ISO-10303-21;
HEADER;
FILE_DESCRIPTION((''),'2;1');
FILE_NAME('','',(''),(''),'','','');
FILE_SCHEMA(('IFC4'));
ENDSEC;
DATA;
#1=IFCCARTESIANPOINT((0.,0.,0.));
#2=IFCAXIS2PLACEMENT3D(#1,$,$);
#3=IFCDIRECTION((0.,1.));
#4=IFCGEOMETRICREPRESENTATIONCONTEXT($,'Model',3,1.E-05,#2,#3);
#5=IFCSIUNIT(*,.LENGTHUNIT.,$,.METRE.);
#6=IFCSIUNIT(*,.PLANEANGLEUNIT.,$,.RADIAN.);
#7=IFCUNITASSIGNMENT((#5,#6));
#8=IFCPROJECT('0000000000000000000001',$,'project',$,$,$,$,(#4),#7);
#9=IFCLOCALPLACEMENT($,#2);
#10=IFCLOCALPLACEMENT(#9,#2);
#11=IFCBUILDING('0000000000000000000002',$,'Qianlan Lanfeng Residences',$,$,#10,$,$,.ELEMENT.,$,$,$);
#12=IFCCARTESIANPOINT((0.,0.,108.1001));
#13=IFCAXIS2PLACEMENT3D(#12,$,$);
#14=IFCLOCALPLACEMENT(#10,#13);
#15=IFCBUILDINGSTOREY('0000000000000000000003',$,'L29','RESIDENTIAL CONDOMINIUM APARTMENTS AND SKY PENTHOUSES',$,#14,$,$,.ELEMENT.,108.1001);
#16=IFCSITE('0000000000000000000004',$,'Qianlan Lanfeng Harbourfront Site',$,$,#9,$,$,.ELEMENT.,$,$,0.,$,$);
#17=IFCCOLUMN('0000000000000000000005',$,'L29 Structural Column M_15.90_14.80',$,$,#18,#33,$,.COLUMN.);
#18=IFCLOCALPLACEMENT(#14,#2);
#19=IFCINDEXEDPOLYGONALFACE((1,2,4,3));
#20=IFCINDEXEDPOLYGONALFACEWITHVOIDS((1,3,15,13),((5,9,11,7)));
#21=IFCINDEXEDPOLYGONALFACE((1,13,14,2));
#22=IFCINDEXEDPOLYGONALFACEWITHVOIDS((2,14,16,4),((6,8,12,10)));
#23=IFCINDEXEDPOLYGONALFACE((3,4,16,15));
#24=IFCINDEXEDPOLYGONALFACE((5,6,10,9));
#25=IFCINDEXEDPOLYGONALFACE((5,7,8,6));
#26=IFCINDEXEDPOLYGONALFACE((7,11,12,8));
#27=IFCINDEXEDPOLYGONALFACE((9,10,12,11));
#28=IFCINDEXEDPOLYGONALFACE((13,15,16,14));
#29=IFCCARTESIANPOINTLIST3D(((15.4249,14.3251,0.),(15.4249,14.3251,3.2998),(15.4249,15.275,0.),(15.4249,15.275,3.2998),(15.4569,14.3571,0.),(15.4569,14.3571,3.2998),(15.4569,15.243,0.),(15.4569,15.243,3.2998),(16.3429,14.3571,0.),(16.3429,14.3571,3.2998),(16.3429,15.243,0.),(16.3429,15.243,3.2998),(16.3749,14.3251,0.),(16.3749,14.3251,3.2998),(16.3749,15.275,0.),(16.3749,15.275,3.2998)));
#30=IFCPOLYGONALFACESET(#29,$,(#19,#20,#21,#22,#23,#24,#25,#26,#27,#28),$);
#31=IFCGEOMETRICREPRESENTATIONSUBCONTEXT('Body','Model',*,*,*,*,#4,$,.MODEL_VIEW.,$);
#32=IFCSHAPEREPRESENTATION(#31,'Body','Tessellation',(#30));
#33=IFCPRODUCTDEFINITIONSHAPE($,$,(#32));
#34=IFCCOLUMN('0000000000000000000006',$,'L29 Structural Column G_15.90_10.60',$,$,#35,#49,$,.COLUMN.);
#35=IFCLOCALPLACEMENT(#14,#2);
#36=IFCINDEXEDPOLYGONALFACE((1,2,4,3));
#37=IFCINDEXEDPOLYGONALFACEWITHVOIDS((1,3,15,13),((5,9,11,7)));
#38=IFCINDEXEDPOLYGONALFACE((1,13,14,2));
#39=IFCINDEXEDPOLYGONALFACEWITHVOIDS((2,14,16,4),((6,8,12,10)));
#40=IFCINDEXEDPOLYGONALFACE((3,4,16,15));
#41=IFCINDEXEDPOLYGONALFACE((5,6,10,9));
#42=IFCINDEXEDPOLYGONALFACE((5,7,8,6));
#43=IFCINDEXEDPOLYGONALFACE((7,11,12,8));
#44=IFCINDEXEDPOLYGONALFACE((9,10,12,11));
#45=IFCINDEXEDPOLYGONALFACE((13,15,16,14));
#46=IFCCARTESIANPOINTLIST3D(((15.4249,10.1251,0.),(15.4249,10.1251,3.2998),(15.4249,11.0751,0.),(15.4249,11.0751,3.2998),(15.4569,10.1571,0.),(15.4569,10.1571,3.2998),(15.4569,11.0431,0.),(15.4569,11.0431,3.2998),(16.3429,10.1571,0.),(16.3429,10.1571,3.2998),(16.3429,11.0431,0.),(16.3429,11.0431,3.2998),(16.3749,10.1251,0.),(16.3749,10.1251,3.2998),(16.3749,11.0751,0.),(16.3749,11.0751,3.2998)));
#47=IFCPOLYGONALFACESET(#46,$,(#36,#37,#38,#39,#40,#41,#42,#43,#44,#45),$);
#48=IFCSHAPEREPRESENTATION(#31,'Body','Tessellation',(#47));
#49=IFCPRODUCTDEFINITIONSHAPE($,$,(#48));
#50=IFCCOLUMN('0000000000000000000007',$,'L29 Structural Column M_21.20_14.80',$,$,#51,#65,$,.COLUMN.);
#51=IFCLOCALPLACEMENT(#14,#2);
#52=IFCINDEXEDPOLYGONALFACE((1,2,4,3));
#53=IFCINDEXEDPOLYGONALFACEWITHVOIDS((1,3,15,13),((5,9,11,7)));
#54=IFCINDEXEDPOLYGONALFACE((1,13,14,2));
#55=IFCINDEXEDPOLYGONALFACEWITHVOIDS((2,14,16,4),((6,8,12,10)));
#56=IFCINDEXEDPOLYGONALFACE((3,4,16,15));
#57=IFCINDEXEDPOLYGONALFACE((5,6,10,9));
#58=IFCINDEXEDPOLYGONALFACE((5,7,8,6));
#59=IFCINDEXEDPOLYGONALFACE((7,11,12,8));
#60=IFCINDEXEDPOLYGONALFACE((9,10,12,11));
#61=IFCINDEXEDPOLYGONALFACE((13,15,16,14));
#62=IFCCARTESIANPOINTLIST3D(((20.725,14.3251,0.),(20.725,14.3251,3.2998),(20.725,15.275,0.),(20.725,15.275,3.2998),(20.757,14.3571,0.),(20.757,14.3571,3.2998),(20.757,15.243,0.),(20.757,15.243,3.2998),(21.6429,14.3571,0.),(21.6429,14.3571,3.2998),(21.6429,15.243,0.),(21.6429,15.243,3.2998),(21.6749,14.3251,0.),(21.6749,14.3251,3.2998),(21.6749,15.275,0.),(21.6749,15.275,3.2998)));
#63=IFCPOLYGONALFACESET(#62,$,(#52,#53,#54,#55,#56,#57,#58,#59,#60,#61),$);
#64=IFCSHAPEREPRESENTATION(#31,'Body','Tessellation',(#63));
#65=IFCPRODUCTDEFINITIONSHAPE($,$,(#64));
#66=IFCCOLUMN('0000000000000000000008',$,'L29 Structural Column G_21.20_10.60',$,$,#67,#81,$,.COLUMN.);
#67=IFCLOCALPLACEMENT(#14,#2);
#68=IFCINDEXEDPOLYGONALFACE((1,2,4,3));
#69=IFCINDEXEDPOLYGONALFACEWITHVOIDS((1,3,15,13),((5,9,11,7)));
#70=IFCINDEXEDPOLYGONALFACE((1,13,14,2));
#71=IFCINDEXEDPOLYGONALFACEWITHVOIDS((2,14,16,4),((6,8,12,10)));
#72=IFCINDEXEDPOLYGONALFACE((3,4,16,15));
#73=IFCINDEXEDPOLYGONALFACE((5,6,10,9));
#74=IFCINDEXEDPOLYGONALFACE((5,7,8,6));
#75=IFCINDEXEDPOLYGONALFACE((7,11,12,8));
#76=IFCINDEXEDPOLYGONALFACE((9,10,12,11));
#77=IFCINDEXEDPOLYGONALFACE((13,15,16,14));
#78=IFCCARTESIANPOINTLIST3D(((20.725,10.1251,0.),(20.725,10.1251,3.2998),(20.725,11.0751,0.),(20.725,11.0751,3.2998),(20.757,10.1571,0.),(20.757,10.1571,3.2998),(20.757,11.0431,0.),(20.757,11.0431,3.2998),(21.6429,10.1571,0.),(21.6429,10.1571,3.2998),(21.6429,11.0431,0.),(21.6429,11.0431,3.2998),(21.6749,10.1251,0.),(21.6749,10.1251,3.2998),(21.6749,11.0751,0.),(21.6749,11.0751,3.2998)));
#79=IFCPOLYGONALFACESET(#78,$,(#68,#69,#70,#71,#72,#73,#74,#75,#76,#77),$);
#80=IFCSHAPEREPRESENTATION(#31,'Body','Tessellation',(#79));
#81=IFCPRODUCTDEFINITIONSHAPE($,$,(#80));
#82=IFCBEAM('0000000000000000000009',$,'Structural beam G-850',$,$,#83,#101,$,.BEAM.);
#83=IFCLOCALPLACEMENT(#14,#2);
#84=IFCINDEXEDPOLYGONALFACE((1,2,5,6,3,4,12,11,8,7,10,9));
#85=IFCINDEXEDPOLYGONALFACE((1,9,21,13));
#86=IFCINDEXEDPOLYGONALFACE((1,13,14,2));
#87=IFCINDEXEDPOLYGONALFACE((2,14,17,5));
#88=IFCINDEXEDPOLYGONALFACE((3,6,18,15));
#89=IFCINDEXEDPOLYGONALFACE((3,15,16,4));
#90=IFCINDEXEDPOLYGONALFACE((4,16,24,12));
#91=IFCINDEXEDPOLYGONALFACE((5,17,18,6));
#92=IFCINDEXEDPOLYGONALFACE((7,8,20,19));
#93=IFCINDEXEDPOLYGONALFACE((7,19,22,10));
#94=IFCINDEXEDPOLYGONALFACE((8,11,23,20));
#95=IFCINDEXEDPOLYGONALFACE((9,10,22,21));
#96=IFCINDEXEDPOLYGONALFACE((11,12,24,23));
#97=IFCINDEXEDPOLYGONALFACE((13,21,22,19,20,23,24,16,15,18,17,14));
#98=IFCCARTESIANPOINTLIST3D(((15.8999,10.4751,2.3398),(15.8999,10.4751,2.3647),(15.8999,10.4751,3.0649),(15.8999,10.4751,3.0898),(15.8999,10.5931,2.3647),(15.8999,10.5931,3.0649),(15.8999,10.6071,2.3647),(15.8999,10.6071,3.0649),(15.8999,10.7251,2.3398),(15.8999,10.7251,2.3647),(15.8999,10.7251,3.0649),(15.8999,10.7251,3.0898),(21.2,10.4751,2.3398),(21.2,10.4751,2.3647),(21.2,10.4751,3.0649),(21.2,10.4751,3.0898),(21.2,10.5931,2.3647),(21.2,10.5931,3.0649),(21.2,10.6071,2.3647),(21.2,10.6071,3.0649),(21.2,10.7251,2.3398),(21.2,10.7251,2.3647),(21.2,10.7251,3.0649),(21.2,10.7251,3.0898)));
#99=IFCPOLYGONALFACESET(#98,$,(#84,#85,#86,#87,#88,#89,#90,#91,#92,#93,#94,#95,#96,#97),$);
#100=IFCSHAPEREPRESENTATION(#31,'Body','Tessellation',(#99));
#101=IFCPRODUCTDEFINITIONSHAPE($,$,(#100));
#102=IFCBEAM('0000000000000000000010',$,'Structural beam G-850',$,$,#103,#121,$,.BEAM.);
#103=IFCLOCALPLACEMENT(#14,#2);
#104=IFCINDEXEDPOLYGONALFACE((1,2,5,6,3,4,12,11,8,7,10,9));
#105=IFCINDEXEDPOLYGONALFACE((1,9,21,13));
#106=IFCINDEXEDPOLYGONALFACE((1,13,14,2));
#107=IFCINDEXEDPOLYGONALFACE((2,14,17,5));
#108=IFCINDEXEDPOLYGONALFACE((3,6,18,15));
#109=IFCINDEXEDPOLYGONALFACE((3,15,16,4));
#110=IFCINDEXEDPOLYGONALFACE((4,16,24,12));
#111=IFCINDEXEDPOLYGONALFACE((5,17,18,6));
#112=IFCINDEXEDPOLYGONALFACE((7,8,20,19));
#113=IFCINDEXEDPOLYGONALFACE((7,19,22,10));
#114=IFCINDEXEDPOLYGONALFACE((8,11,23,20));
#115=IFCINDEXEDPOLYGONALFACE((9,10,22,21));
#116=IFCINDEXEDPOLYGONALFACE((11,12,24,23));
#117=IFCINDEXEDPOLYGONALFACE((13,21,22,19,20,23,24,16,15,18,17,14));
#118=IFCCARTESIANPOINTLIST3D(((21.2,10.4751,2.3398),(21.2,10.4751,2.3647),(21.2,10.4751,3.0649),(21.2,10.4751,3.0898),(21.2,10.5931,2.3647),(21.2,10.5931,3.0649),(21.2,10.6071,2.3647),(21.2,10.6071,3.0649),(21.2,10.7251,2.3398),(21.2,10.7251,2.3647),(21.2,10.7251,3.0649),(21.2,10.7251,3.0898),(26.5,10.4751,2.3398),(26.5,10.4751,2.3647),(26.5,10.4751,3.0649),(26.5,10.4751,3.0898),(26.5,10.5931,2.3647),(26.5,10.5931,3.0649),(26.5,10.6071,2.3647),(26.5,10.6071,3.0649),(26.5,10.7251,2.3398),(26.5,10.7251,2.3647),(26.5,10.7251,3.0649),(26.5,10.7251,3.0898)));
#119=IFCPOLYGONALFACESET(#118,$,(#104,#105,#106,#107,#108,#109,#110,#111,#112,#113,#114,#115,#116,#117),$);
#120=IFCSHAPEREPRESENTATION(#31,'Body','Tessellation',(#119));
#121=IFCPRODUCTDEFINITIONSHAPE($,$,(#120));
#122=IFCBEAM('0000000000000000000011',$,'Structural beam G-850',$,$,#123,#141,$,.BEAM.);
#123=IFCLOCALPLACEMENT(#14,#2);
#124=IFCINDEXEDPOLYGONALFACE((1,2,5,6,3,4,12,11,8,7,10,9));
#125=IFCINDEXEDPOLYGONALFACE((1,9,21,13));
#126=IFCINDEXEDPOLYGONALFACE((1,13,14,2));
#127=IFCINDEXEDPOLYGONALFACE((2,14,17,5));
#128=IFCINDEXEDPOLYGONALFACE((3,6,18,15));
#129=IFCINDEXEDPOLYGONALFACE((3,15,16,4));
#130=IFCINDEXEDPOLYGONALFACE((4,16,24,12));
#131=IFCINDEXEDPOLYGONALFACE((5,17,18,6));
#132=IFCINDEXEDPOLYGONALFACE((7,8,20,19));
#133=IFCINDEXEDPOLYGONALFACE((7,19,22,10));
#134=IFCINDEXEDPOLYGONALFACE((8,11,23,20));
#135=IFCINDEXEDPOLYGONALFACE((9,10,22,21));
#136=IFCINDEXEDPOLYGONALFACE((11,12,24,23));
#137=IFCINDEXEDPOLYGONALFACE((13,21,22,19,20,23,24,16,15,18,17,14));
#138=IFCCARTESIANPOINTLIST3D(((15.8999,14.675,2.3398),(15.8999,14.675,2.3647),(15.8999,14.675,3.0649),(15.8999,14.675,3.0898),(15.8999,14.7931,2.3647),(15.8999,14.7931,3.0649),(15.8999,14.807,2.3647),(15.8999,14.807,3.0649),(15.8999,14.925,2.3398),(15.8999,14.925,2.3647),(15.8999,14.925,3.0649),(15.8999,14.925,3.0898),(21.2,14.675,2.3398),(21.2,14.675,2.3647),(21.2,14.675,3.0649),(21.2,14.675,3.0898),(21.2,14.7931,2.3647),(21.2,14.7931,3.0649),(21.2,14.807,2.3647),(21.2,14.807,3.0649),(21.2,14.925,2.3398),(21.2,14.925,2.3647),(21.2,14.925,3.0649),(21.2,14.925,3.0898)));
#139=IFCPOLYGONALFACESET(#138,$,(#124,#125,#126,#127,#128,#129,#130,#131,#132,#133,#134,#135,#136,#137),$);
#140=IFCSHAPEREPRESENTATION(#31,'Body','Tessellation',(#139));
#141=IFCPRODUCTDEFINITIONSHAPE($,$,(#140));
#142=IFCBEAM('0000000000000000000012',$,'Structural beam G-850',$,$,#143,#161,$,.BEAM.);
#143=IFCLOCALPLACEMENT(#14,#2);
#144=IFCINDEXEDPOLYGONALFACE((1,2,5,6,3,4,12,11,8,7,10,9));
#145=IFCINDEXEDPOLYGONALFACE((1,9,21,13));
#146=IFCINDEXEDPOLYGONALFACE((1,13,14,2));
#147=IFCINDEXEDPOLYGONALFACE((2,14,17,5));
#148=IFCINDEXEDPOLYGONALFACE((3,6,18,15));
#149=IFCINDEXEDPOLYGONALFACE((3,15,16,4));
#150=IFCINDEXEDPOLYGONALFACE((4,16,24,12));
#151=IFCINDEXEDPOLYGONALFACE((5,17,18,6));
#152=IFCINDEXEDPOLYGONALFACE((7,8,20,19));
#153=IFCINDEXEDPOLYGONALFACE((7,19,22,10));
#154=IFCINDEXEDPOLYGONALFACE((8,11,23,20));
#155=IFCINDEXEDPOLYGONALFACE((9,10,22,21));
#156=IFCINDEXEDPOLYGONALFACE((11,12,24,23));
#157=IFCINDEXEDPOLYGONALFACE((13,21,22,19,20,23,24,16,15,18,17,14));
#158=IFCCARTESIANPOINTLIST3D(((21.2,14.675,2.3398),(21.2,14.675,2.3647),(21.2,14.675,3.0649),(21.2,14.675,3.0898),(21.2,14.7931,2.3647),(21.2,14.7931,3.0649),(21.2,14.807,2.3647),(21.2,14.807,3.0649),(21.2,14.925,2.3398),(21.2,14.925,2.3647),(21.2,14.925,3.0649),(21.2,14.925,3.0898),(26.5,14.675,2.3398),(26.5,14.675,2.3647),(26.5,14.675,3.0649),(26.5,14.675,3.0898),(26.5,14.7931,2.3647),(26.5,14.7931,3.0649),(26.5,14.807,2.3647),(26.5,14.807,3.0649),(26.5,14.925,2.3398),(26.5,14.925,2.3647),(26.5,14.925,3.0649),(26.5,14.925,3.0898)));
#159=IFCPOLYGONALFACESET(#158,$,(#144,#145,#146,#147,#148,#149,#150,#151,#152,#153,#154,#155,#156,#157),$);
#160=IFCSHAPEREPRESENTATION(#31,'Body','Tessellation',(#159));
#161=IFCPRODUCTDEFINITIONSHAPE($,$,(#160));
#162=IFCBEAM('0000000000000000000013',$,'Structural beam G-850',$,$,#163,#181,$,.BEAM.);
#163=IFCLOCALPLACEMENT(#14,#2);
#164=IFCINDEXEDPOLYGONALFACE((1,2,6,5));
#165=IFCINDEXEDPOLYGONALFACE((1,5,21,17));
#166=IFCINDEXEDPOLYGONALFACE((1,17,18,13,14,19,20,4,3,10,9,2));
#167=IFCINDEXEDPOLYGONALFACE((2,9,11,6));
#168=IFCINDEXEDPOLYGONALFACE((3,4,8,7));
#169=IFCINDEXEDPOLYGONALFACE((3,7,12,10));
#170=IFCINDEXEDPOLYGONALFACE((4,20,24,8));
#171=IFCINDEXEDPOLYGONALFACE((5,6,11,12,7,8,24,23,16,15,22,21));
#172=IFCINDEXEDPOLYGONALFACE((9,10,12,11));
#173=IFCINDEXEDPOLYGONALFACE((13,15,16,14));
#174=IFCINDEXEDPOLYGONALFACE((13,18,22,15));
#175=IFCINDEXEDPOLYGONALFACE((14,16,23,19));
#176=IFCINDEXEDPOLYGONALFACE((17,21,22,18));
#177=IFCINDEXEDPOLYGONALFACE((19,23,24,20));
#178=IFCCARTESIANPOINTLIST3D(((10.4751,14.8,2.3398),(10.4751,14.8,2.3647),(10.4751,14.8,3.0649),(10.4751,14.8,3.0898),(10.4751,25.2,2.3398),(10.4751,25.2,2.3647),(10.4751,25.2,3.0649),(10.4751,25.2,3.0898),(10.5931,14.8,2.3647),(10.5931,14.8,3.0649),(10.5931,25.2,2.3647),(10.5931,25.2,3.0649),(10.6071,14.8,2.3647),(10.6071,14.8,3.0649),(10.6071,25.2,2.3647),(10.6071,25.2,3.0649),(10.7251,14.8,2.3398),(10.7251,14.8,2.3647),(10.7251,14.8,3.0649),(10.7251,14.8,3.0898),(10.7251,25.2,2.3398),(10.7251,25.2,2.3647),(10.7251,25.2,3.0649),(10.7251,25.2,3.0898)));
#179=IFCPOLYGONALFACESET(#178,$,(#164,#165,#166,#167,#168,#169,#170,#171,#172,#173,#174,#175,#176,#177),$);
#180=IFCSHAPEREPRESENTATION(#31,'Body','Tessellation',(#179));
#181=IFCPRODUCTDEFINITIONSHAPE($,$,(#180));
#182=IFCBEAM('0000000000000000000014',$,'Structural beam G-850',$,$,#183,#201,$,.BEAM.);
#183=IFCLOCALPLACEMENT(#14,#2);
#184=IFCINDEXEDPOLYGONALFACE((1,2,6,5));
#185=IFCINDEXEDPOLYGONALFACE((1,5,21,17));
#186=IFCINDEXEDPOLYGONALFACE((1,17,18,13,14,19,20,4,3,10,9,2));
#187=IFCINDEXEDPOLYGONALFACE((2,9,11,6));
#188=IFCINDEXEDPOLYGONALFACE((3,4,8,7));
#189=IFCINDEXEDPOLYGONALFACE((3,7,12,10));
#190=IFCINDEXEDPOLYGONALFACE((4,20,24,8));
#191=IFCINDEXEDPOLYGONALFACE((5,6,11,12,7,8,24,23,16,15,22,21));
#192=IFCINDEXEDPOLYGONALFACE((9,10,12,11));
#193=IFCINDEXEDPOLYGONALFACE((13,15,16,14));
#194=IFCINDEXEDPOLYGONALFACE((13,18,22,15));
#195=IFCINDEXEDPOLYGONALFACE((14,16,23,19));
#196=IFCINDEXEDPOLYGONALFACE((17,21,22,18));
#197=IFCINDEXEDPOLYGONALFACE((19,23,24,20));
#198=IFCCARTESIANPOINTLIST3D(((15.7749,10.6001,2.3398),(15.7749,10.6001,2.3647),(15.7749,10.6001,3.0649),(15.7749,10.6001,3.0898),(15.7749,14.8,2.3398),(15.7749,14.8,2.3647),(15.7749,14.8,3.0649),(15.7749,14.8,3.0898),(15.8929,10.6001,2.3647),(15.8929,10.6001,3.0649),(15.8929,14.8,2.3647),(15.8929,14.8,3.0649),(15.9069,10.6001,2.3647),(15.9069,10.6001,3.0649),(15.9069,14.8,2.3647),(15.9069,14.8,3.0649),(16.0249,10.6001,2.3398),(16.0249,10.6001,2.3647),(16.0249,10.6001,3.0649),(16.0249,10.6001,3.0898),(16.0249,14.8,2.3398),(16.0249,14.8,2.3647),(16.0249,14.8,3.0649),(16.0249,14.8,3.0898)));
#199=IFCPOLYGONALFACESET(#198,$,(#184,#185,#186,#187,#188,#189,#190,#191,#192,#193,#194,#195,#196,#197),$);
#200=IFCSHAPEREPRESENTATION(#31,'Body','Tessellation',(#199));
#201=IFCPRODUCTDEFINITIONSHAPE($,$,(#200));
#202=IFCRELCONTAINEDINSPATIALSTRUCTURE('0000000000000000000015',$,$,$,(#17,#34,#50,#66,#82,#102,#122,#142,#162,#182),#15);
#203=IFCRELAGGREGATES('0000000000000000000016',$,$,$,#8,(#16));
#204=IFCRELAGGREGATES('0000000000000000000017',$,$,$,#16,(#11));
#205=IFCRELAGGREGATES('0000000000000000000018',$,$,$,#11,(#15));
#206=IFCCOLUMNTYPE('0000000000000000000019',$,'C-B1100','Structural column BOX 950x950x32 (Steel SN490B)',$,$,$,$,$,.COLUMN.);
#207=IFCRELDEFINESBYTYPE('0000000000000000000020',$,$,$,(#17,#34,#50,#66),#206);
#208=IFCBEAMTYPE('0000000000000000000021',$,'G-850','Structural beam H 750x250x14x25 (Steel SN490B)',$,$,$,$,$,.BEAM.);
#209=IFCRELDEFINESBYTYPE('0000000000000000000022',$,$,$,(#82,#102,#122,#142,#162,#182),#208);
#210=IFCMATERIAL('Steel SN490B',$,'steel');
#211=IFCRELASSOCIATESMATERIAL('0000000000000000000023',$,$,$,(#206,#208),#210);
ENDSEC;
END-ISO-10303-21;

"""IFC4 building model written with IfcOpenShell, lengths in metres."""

from ifc_helpers import new_model, si_unit, direction, frame, origin, origin_2d, place, context, subcontext, project, spatial, hollow_rectangle, i_section, extrude, material, material_profile, profile_set, type_object, element, save


model = new_model("IFC4")

# Units and contexts
model_context = context("Model", 3, precision=1e-05, world=origin(), true_north=direction((0.0, 1.0)))
body_context = subcontext(model_context, "Body", "Model", "MODEL_VIEW")
ifc_project = project(units=[si_unit("LENGTHUNIT", "METRE"), si_unit("PLANEANGLEUNIT", "RADIAN")], contexts=[model_context])

# Site, building, storey
site_placement = place(None, origin())
site = spatial("IfcSite", under=ifc_project, at=site_placement, Name="Qianlan Lanfeng Harbourfront Site", CompositionType="ELEMENT", RefElevation=0.0)
building_placement = place(site_placement, origin())
building = spatial("IfcBuilding", under=site, at=building_placement, Name="Qianlan Lanfeng Residences", CompositionType="ELEMENT")
storey_placement = place(building_placement, frame((0.0, 0.0, 108.1001)))
storey = spatial("IfcBuildingStorey", under=building, at=storey_placement, Name="L29", Description="RESIDENTIAL CONDOMINIUM APARTMENTS AND SKY PENTHOUSES", CompositionType="ELEMENT", Elevation=108.1001)

# Columns
ifc_material_1 = material(Name="Steel SN490B", Category="steel")
ifc_material_profile_1 = material_profile(ifc_material_1, hollow_rectangle(XDim=0.95, YDim=0.95, WallThickness=0.032, at=origin_2d()), Name="BOX 950x950x32")
ifc_profile_set_1 = profile_set([ifc_material_profile_1], Name="Steel SN490B")
column_type = type_object("IfcColumnType", Name="C-B1100", Description="Structural column BOX 950x950x32 (Steel SN490B)", PredefinedType="COLUMN", material=ifc_profile_set_1)
for number, where, z_axis, x_axis, name in (
    (1, (15.8999, 14.8, 0.0), (0.0, 0.0, 1.0), (1.0, 0.0, 0.0), "L29 Structural Column M_15.90_14.80"),
    (2, (15.8999, 10.6001, 0.0), (0.0, 0.0, 1.0), (1.0, 0.0, 0.0), "L29 Structural Column G_15.90_10.60"),
    (3, (21.2, 14.8, 0.0), (0.0, 0.0, 1.0), (1.0, 0.0, 0.0), "L29 Structural Column M_21.20_14.80"),
    (4, (21.2, 10.6001, 0.0), (0.0, 0.0, 1.0), (1.0, 0.0, 0.0), "L29 Structural Column G_21.20_10.60"),
):
    element("IfcColumn", number, at=place(storey_placement, frame(where, z_axis=z_axis, x_axis=x_axis)), inside=storey, type_object=column_type, Name=name, PredefinedType="COLUMN", context=body_context, shape_type="SweptSolid", body=[
        extrude(hollow_rectangle(XDim=0.95, YDim=0.95, WallThickness=0.032, at=origin_2d()), origin(), (0.0, 0.0, 1.0), 3.2998),
    ])

# Beams
ifc_material_profile_2 = material_profile(ifc_material_1, i_section(OverallWidth=0.25, OverallDepth=0.75, WebThickness=0.0139, FlangeThickness=0.0249, at=origin_2d()), Name="H 750x250x14x25")
ifc_profile_set_2 = profile_set([ifc_material_profile_2], Name="Steel SN490B")
beam_type_1 = type_object("IfcBeamType", Name="G-850", Description="Structural beam H 750x250x14x25 (Steel SN490B)", PredefinedType="BEAM", material=ifc_profile_set_2)
for number, where, z_axis, x_axis, name in (
    (5, (15.8999, 10.6001, 2.7148), (1.0, 0.0, 0.0), (0.0, 1.0, 0.0), "Structural beam G-850"),
    (6, (21.2, 10.6001, 2.7148), (1.0, 0.0, 0.0), (0.0, 1.0, 0.0), "Structural beam G-850"),
    (7, (15.8999, 14.8, 2.7148), (1.0, 0.0, 0.0), (0.0, 1.0, 0.0), "Structural beam G-850"),
    (8, (21.2, 14.8, 2.7148), (1.0, 0.0, 0.0), (0.0, 1.0, 0.0), "Structural beam G-850"),
):
    element("IfcBeam", number, at=place(storey_placement, frame(where, z_axis=z_axis, x_axis=x_axis)), inside=storey, type_object=beam_type_1, Name=name, PredefinedType="BEAM", context=body_context, shape_type="SweptSolid", body=[
        extrude(i_section(OverallWidth=0.25, OverallDepth=0.75, WebThickness=0.0139, FlangeThickness=0.0249, at=origin_2d()), origin(), (0.0, 0.0, 1.0), 5.3),
    ])
beam_1_placement = place(storey_placement, frame((10.6001, 14.8, 2.7148), z_axis=(0.0, 1.0, 0.0), x_axis=(-1.0, 0.0, 0.0)))
element("IfcBeam", 9, at=beam_1_placement, inside=storey, type_object=beam_type_1, Name="Structural beam G-850", PredefinedType="BEAM", context=body_context, shape_type="SweptSolid", body=[
    extrude(i_section(OverallWidth=0.25, OverallDepth=0.75, WebThickness=0.0139, FlangeThickness=0.0249, at=origin_2d()), origin(), (0.0, 0.0, 1.0), 10.3999),
])
beam_2_placement = place(storey_placement, frame((15.8999, 10.6001, 2.7148), z_axis=(0.0, 1.0, 0.0), x_axis=(-1.0, 0.0, 0.0)))
element("IfcBeam", 10, at=beam_2_placement, inside=storey, type_object=beam_type_1, Name="Structural beam G-850", PredefinedType="BEAM", context=body_context, shape_type="SweptSolid", body=[
    extrude(i_section(OverallWidth=0.25, OverallDepth=0.75, WebThickness=0.0139, FlangeThickness=0.0249, at=origin_2d()), origin(), (0.0, 0.0, 1.0), 4.2),
])

save(model, "model.ifc")
